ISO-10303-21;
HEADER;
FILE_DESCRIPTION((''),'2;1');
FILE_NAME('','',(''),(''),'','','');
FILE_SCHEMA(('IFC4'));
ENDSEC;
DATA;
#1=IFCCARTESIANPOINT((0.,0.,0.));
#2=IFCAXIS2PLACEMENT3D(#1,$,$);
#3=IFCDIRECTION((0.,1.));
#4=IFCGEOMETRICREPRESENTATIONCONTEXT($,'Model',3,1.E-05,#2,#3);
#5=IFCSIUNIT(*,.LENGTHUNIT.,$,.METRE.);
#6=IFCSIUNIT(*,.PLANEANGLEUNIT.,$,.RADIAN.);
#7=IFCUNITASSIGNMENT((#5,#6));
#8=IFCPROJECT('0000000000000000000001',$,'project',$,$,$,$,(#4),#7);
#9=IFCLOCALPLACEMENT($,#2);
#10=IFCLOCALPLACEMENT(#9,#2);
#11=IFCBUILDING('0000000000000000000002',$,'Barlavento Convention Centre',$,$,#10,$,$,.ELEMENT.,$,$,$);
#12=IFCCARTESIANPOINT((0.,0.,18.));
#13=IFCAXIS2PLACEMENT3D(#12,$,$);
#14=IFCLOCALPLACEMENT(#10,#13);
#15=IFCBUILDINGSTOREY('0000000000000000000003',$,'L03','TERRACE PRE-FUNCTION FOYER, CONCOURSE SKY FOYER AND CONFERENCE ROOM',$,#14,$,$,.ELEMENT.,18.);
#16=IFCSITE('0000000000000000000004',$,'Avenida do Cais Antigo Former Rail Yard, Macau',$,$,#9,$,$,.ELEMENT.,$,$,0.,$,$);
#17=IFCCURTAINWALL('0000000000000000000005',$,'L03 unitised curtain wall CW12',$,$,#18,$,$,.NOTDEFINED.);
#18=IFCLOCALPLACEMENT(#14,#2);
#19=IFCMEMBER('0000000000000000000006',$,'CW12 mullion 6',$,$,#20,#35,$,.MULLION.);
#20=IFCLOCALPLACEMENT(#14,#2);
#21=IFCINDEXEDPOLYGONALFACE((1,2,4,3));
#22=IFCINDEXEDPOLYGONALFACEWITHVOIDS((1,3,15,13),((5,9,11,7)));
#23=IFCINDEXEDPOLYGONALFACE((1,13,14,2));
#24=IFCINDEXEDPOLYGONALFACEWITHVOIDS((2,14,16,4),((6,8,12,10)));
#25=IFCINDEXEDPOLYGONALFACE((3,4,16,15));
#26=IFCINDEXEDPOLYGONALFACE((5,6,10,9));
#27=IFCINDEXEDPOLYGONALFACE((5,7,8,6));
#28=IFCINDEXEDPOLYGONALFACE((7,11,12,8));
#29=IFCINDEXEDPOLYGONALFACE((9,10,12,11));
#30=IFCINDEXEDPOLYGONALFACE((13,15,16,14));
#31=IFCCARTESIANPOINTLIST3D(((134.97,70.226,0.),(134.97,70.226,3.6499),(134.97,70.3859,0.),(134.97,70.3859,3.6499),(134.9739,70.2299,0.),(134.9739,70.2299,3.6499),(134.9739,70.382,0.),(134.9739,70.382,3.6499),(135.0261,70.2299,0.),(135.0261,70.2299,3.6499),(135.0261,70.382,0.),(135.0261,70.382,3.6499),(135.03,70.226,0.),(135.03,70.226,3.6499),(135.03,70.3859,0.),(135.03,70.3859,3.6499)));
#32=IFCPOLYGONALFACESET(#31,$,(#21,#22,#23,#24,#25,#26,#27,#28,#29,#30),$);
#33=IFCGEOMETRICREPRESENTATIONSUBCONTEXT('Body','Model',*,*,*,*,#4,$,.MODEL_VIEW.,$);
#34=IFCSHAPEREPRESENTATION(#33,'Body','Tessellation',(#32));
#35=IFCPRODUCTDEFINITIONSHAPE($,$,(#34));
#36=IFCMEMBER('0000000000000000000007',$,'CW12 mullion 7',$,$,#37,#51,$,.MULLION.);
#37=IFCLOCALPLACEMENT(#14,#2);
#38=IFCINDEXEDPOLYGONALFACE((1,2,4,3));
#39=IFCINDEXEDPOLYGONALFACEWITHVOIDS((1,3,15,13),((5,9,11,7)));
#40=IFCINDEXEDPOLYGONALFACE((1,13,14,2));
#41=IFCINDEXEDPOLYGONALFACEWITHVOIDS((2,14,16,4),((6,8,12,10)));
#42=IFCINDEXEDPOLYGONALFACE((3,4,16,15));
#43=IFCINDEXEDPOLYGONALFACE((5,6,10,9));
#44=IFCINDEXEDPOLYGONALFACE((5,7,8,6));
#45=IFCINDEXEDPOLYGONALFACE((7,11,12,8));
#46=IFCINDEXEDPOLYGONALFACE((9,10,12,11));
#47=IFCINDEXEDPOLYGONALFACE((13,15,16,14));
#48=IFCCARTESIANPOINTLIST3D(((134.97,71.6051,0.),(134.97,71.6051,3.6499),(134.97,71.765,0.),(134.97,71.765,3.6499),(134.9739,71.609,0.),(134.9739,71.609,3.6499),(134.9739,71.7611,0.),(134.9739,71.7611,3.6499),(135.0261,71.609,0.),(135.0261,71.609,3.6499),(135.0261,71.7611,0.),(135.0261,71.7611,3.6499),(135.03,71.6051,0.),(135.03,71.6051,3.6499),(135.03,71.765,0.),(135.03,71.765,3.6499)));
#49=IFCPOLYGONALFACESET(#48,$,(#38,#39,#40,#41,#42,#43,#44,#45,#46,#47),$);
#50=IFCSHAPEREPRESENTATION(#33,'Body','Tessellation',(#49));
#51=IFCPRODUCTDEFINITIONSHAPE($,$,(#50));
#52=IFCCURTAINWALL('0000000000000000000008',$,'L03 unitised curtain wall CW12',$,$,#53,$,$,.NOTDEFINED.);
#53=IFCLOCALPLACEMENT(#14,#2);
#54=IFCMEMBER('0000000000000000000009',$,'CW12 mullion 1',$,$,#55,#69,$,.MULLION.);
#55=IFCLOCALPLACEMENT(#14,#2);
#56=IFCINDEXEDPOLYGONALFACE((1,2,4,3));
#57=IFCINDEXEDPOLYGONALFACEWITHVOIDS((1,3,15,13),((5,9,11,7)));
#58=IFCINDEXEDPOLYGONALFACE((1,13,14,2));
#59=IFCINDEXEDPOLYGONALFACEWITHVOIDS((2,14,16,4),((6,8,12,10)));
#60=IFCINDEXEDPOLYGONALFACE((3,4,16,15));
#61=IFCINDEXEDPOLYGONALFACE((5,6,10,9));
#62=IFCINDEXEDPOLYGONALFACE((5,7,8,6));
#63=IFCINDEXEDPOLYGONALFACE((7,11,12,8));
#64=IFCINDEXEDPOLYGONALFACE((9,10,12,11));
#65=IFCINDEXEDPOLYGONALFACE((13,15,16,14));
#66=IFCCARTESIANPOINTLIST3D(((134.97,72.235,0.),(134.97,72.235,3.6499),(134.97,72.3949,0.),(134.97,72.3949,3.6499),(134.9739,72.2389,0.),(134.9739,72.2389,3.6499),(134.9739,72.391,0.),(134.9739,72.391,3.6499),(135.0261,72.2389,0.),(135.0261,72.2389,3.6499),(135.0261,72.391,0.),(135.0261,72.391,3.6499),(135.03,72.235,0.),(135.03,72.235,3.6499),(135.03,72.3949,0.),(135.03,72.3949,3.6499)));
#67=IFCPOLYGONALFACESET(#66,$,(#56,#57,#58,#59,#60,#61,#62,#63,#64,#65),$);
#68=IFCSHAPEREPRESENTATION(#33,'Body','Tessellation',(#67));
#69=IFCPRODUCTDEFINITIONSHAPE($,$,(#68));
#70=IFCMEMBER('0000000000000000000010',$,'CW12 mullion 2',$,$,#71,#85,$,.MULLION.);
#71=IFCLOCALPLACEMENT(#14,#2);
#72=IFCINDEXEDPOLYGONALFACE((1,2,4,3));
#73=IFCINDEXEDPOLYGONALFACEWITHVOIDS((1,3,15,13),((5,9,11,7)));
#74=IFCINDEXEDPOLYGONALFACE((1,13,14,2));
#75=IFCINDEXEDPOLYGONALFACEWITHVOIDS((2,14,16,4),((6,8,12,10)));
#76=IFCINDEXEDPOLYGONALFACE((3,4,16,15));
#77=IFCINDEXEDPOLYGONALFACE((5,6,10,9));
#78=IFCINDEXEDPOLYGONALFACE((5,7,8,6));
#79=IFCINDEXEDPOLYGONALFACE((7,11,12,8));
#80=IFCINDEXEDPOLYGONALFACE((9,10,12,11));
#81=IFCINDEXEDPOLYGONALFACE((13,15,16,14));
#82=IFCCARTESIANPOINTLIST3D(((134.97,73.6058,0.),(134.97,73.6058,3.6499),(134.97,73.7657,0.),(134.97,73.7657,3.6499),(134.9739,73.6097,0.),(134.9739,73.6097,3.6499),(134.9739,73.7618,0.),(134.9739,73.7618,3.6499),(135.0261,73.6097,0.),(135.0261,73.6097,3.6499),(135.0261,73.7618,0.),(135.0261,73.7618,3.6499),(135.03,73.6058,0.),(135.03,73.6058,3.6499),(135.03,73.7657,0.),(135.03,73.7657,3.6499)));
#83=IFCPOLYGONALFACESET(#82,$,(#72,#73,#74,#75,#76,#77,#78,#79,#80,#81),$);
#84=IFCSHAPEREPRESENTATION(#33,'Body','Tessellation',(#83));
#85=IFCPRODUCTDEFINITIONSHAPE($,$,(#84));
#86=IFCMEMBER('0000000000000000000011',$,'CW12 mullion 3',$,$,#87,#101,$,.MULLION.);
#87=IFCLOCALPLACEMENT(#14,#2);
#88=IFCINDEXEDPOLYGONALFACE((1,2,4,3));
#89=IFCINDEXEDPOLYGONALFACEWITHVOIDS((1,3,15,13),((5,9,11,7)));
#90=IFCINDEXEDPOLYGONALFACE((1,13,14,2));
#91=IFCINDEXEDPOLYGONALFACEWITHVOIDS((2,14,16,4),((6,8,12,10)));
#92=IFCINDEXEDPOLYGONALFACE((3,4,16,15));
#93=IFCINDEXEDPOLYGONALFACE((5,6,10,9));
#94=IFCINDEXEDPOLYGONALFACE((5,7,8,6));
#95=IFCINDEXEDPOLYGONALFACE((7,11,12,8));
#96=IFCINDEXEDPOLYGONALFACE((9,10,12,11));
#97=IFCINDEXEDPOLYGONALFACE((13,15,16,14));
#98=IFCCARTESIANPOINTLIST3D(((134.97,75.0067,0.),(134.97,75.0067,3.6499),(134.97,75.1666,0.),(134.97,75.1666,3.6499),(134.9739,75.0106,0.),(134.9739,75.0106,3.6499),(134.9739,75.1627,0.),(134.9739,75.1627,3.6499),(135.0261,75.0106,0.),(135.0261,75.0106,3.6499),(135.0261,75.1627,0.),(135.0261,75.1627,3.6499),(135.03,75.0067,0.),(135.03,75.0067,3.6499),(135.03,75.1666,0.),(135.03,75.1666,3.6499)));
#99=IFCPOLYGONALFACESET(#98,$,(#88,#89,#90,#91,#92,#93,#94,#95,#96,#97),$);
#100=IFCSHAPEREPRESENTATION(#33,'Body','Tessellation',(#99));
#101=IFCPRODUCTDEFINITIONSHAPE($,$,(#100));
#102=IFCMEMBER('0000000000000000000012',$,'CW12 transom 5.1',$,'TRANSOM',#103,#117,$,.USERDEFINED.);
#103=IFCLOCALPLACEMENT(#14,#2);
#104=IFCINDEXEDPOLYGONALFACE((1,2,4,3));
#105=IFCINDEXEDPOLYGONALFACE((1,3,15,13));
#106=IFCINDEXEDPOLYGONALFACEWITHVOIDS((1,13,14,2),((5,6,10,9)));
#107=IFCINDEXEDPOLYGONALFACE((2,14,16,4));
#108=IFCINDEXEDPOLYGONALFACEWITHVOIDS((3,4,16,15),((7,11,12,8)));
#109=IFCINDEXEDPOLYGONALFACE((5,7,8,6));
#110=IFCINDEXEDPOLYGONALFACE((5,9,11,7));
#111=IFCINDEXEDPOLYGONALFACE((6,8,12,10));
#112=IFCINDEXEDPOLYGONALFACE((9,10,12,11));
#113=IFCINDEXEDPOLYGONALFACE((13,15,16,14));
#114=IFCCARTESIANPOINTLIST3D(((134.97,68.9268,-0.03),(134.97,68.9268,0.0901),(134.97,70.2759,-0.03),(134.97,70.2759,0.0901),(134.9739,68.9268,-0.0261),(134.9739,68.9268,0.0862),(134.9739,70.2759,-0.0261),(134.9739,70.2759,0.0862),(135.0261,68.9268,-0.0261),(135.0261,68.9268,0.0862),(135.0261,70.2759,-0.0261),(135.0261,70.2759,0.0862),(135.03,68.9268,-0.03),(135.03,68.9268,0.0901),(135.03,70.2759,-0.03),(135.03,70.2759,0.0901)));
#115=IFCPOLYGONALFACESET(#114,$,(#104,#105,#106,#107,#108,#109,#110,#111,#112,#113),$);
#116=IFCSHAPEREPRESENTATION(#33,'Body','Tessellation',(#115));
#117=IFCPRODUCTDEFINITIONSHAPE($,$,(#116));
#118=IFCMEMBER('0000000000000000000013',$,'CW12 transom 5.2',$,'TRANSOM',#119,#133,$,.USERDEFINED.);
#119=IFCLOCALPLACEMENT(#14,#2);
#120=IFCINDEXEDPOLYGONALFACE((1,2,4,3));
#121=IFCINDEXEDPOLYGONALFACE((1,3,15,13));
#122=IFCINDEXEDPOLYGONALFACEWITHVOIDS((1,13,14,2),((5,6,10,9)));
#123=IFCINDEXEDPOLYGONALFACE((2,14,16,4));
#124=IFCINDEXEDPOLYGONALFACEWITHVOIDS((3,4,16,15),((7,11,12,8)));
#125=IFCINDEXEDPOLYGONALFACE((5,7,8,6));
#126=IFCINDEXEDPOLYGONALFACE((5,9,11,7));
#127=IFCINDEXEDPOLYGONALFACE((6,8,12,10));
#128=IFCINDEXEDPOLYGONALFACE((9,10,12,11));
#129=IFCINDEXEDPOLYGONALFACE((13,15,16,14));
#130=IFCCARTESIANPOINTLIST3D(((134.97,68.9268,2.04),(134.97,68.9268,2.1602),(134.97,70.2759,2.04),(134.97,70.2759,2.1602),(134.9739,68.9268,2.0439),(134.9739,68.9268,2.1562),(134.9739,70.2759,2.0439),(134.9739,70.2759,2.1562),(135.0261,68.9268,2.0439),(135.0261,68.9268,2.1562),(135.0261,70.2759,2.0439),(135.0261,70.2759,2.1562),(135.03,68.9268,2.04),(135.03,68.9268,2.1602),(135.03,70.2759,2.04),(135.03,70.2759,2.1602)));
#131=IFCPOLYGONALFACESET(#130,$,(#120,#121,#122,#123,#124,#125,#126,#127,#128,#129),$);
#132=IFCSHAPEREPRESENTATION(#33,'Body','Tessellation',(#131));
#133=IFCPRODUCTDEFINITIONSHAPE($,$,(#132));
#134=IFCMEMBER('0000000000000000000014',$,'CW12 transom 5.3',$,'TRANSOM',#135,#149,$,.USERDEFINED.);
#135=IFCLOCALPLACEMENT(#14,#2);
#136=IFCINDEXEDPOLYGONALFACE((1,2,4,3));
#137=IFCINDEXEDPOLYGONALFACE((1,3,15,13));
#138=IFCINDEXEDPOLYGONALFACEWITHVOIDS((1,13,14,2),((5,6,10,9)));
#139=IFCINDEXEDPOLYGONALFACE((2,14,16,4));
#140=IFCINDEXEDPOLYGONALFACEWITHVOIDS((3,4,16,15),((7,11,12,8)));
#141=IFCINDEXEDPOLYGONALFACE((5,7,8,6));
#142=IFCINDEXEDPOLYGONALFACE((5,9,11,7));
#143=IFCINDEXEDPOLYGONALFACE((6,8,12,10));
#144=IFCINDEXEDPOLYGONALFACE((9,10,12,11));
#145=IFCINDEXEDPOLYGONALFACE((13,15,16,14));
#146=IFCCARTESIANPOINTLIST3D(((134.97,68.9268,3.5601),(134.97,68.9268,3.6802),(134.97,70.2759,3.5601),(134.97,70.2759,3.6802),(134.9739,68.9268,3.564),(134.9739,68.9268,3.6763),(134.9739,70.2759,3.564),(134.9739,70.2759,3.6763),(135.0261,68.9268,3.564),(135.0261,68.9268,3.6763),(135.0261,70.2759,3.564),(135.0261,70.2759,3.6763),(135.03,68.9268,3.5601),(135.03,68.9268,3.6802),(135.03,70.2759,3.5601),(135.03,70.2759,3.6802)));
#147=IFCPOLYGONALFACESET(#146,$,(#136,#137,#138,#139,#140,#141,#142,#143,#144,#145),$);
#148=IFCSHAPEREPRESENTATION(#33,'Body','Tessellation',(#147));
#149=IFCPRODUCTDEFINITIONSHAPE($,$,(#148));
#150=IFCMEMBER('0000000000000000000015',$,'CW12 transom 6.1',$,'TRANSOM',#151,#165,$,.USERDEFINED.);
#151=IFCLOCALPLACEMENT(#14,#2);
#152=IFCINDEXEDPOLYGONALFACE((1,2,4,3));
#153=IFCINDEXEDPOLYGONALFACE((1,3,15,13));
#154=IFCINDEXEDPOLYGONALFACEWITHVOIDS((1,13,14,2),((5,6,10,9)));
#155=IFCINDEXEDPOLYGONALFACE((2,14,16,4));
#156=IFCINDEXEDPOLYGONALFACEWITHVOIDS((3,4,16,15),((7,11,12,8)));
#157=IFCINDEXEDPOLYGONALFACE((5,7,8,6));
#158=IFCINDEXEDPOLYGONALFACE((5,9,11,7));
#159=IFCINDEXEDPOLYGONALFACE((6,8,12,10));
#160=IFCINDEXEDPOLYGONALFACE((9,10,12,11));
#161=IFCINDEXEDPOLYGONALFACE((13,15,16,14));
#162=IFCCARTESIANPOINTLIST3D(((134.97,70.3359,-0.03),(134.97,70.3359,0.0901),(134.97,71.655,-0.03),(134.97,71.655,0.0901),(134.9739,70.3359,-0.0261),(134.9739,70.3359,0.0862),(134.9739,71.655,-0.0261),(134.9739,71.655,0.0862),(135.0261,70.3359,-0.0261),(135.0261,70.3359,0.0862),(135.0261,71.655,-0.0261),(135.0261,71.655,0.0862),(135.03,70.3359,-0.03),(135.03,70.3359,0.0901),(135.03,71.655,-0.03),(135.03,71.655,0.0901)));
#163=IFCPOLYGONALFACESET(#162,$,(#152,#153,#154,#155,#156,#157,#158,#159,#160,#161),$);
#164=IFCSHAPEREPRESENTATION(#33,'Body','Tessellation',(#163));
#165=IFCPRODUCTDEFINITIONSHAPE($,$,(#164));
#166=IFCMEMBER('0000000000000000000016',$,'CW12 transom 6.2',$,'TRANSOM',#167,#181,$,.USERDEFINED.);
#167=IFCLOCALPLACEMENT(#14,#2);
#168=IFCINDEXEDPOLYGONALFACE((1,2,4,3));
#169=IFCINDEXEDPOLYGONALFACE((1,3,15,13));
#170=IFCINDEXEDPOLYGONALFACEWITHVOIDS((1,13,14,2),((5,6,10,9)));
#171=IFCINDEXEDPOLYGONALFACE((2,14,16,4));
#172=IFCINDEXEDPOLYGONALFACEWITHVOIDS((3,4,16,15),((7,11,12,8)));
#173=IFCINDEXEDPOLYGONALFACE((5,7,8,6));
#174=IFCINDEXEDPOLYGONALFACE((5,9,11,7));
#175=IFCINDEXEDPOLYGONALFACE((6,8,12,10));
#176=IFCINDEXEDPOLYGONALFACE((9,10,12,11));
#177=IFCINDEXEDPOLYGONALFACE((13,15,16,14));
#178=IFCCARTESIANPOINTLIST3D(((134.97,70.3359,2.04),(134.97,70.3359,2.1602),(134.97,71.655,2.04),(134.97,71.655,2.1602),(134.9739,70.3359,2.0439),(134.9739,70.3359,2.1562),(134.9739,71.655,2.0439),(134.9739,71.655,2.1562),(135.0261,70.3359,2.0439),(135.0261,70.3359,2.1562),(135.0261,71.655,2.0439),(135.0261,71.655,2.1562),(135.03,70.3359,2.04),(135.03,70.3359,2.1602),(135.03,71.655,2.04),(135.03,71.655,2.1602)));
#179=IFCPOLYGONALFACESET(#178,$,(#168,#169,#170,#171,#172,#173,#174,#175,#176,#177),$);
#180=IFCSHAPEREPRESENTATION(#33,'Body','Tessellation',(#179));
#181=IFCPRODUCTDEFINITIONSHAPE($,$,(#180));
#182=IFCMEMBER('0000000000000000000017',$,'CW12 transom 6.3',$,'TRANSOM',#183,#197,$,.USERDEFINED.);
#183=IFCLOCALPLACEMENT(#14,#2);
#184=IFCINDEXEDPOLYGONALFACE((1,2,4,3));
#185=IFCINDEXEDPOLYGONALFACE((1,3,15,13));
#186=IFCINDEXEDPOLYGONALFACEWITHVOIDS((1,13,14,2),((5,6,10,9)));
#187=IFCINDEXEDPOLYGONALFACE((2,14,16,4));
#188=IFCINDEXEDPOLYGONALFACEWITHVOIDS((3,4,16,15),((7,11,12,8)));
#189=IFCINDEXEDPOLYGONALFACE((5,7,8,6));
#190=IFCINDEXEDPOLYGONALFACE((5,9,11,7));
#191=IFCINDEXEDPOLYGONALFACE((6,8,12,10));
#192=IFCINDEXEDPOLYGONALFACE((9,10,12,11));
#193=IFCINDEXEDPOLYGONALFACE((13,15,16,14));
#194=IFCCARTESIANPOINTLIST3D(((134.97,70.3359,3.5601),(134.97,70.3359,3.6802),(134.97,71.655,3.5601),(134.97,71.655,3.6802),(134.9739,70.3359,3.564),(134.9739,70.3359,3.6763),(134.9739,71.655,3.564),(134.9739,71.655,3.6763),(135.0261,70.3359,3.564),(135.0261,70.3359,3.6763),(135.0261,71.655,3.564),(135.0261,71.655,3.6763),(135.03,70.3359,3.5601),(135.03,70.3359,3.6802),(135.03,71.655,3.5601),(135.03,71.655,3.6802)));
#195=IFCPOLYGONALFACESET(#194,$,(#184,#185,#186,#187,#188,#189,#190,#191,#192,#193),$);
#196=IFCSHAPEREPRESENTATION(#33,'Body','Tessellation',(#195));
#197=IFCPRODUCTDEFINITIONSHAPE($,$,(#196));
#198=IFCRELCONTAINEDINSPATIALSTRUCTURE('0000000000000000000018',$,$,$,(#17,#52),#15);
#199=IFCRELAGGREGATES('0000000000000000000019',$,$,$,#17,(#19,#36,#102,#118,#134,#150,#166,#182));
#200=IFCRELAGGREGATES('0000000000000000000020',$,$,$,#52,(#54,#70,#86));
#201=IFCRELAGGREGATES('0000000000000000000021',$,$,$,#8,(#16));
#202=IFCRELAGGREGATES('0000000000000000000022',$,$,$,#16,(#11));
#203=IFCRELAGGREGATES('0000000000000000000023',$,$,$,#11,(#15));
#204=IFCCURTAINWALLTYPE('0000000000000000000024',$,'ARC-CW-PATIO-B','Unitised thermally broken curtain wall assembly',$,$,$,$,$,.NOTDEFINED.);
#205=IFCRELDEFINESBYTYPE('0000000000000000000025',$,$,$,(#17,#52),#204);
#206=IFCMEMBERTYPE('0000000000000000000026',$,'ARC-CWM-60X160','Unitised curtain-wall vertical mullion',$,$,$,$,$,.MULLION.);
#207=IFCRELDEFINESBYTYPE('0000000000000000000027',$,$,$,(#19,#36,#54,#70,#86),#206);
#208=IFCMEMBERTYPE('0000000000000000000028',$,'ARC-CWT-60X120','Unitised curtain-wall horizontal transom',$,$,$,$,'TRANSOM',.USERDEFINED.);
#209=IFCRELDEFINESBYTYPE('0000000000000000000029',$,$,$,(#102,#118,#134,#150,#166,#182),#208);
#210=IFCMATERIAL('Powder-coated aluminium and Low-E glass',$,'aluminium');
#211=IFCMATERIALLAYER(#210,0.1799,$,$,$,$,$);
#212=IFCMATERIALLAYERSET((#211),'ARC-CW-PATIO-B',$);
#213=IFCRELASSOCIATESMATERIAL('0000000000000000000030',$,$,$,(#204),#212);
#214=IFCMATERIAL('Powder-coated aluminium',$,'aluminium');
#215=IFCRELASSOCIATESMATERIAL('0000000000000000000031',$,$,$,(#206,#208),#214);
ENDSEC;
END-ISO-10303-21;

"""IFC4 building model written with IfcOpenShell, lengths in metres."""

from ifc_helpers import new_model, si_unit, direction, frame, origin, origin_2d, place, context, subcontext, project, spatial, hollow_rectangle, extrude, material, layer, layer_set, material_profile, profile_set, type_object, element, aggregate, save


model = new_model("IFC4")

# Units and contexts
model_context = context("Model", 3, precision=1e-05, world=origin(), true_north=direction((0.0, 1.0)))
body_context = subcontext(model_context, "Body", "Model", "MODEL_VIEW")
ifc_project = project(units=[si_unit("LENGTHUNIT", "METRE"), si_unit("PLANEANGLEUNIT", "RADIAN")], contexts=[model_context])

# Site, building, storey
site_placement = place(None, origin())
site = spatial("IfcSite", under=ifc_project, at=site_placement, Name="Avenida do Cais Antigo Former Rail Yard, Macau", CompositionType="ELEMENT", RefElevation=0.0)
building_placement = place(site_placement, origin())
building = spatial("IfcBuilding", under=site, at=building_placement, Name="Barlavento Convention Centre", CompositionType="ELEMENT")
storey_placement = place(building_placement, frame((0.0, 0.0, 18.0)))
storey = spatial("IfcBuildingStorey", under=building, at=storey_placement, Name="L03", Description="TERRACE PRE-FUNCTION FOYER, CONCOURSE SKY FOYER AND CONFERENCE ROOM", CompositionType="ELEMENT", Elevation=18.0)

# Curtain walls, members
ifc_material_1 = material(Name="Powder-coated aluminium and Low-E glass", Category="aluminium")
ifc_layer_1 = layer(ifc_material_1, 0.1799)
ifc_layer_set_1 = layer_set([ifc_layer_1], Name="ARC-CW-PATIO-B")
curtain_wall_type = type_object("IfcCurtainWallType", Name="ARC-CW-PATIO-B", Description="Unitised thermally broken curtain wall assembly", PredefinedType="NOTDEFINED", material=ifc_layer_set_1)
curtain_wall_1_placement = place(storey_placement, origin())
curtain_wall_1 = element("IfcCurtainWall", 1, at=curtain_wall_1_placement, inside=storey, type_object=curtain_wall_type, Name="L03 unitised curtain wall CW12", PredefinedType="NOTDEFINED")
ifc_material_2 = material(Name="Powder-coated aluminium", Category="aluminium")
ifc_material_profile_1 = material_profile(ifc_material_2, hollow_rectangle(XDim=0.0601, YDim=0.1599, WallThickness=0.0039, at=origin_2d()), Name="AL-MULL 60x160x4")
ifc_profile_set_1 = profile_set([ifc_material_profile_1], Name="Powder-coated aluminium")
member_type_1 = type_object("IfcMemberType", Name="ARC-CWM-60X160", Description="Unitised curtain-wall vertical mullion", PredefinedType="MULLION", material=ifc_profile_set_1)
member_1_placement = place(storey_placement, frame((135.0, 70.3059, 0.0), z_axis=(0.0, 0.0, 1.0), x_axis=(-1.0, 0.0, 0.0)))
member_1 = element("IfcMember", 2, at=member_1_placement, type_object=member_type_1, Name="CW12 mullion 6", PredefinedType="MULLION", context=body_context, shape_type="SweptSolid", body=[
    extrude(hollow_rectangle(XDim=0.0601, YDim=0.1599, WallThickness=0.0039, at=origin_2d()), origin(), (0.0, 0.0, 1.0), 3.6499),
])
member_2_placement = place(storey_placement, frame((135.0, 71.6851, 0.0), z_axis=(0.0, 0.0, 1.0), x_axis=(-1.0, 0.0, 0.0)))
member_2 = element("IfcMember", 3, at=member_2_placement, type_object=member_type_1, Name="CW12 mullion 7", PredefinedType="MULLION", context=body_context, shape_type="SweptSolid", body=[
    extrude(hollow_rectangle(XDim=0.0601, YDim=0.1599, WallThickness=0.0039, at=origin_2d()), origin(), (0.0, 0.0, 1.0), 3.6499),
])
curtain_wall_2_placement = place(storey_placement, origin())
curtain_wall_2 = element("IfcCurtainWall", 4, at=curtain_wall_2_placement, inside=storey, type_object=curtain_wall_type, Name="L03 unitised curtain wall CW12", PredefinedType="NOTDEFINED")
member_3_placement = place(storey_placement, frame((135.0, 72.3149, 0.0), z_axis=(0.0, 0.0, 1.0), x_axis=(-1.0, 0.0, 0.0)))
member_3 = element("IfcMember", 5, at=member_3_placement, type_object=member_type_1, Name="CW12 mullion 1", PredefinedType="MULLION", context=body_context, shape_type="SweptSolid", body=[
    extrude(hollow_rectangle(XDim=0.0601, YDim=0.1599, WallThickness=0.0039, at=origin_2d()), origin(), (0.0, 0.0, 1.0), 3.6499),
])
member_4_placement = place(storey_placement, frame((135.0, 73.6858, 0.0), z_axis=(0.0, 0.0, 1.0), x_axis=(-1.0, 0.0, 0.0)))
member_4 = element("IfcMember", 6, at=member_4_placement, type_object=member_type_1, Name="CW12 mullion 2", PredefinedType="MULLION", context=body_context, shape_type="SweptSolid", body=[
    extrude(hollow_rectangle(XDim=0.0601, YDim=0.1599, WallThickness=0.0039, at=origin_2d()), origin(), (0.0, 0.0, 1.0), 3.6499),
])
member_5_placement = place(storey_placement, frame((135.0, 75.0867, 0.0), z_axis=(0.0, 0.0, 1.0), x_axis=(-1.0, 0.0, 0.0)))
member_5 = element("IfcMember", 7, at=member_5_placement, type_object=member_type_1, Name="CW12 mullion 3", PredefinedType="MULLION", context=body_context, shape_type="SweptSolid", body=[
    extrude(hollow_rectangle(XDim=0.0601, YDim=0.1599, WallThickness=0.0039, at=origin_2d()), origin(), (0.0, 0.0, 1.0), 3.6499),
])

# Members
ifc_material_profile_2 = material_profile(ifc_material_2, hollow_rectangle(XDim=0.0601, YDim=0.1201, WallThickness=0.0039, at=origin_2d()), Name="AL-TRAN 60x120x4")
ifc_profile_set_2 = profile_set([ifc_material_profile_2], Name="Powder-coated aluminium")
member_type_2 = type_object("IfcMemberType", Name="ARC-CWT-60X120", Description="Unitised curtain-wall horizontal transom", ElementType="TRANSOM", PredefinedType="USERDEFINED", material=ifc_profile_set_2)
member_6_placement = place(storey_placement, frame((135.0, 68.9268, 0.03), z_axis=(0.0, 1.0, 0.0), x_axis=(-1.0, 0.0, 0.0)))
member_6 = element("IfcMember", 8, at=member_6_placement, type_object=member_type_2, Name="CW12 transom 5.1", ObjectType="TRANSOM", PredefinedType="USERDEFINED", context=body_context, shape_type="SweptSolid", body=[
    extrude(hollow_rectangle(XDim=0.0601, YDim=0.1201, WallThickness=0.0039, at=origin_2d()), origin(), (0.0, 0.0, 1.0), 1.3491),
])
member_7_placement = place(storey_placement, frame((135.0, 68.9268, 2.1001), z_axis=(0.0, 1.0, 0.0), x_axis=(-1.0, 0.0, 0.0)))
member_7 = element("IfcMember", 9, at=member_7_placement, type_object=member_type_2, Name="CW12 transom 5.2", ObjectType="TRANSOM", PredefinedType="USERDEFINED", context=body_context, shape_type="SweptSolid", body=[
    extrude(hollow_rectangle(XDim=0.0601, YDim=0.1201, WallThickness=0.0039, at=origin_2d()), origin(), (0.0, 0.0, 1.0), 1.3491),
])
member_8_placement = place(storey_placement, frame((135.0, 68.9268, 3.6201), z_axis=(0.0, 1.0, 0.0), x_axis=(-1.0, 0.0, 0.0)))
member_8 = element("IfcMember", 10, at=member_8_placement, type_object=member_type_2, Name="CW12 transom 5.3", ObjectType="TRANSOM", PredefinedType="USERDEFINED", context=body_context, shape_type="SweptSolid", body=[
    extrude(hollow_rectangle(XDim=0.0601, YDim=0.1201, WallThickness=0.0039, at=origin_2d()), origin(), (0.0, 0.0, 1.0), 1.3491),
])
member_9_placement = place(storey_placement, frame((135.0, 70.3359, 0.03), z_axis=(0.0, 1.0, 0.0), x_axis=(-1.0, 0.0, 0.0)))
member_9 = element("IfcMember", 11, at=member_9_placement, type_object=member_type_2, Name="CW12 transom 6.1", ObjectType="TRANSOM", PredefinedType="USERDEFINED", context=body_context, shape_type="SweptSolid", body=[
    extrude(hollow_rectangle(XDim=0.0601, YDim=0.1201, WallThickness=0.0039, at=origin_2d()), origin(), (0.0, 0.0, 1.0), 1.3191),
])
member_10_placement = place(storey_placement, frame((135.0, 70.3359, 2.1001), z_axis=(0.0, 1.0, 0.0), x_axis=(-1.0, 0.0, 0.0)))
member_10 = element("IfcMember", 12, at=member_10_placement, type_object=member_type_2, Name="CW12 transom 6.2", ObjectType="TRANSOM", PredefinedType="USERDEFINED", context=body_context, shape_type="SweptSolid", body=[
    extrude(hollow_rectangle(XDim=0.0601, YDim=0.1201, WallThickness=0.0039, at=origin_2d()), origin(), (0.0, 0.0, 1.0), 1.3191),
])
member_11_placement = place(storey_placement, frame((135.0, 70.3359, 3.6201), z_axis=(0.0, 1.0, 0.0), x_axis=(-1.0, 0.0, 0.0)))
member_11 = element("IfcMember", 13, at=member_11_placement, type_object=member_type_2, Name="CW12 transom 6.3", ObjectType="TRANSOM", PredefinedType="USERDEFINED", context=body_context, shape_type="SweptSolid", body=[
    extrude(hollow_rectangle(XDim=0.0601, YDim=0.1201, WallThickness=0.0039, at=origin_2d()), origin(), (0.0, 0.0, 1.0), 1.3191),
])

aggregate(curtain_wall_1, [member_1, member_2, member_6, member_7, member_8, member_9, member_10, member_11])
aggregate(curtain_wall_2, [member_3, member_4, member_5])

save(model, "model.ifc")
